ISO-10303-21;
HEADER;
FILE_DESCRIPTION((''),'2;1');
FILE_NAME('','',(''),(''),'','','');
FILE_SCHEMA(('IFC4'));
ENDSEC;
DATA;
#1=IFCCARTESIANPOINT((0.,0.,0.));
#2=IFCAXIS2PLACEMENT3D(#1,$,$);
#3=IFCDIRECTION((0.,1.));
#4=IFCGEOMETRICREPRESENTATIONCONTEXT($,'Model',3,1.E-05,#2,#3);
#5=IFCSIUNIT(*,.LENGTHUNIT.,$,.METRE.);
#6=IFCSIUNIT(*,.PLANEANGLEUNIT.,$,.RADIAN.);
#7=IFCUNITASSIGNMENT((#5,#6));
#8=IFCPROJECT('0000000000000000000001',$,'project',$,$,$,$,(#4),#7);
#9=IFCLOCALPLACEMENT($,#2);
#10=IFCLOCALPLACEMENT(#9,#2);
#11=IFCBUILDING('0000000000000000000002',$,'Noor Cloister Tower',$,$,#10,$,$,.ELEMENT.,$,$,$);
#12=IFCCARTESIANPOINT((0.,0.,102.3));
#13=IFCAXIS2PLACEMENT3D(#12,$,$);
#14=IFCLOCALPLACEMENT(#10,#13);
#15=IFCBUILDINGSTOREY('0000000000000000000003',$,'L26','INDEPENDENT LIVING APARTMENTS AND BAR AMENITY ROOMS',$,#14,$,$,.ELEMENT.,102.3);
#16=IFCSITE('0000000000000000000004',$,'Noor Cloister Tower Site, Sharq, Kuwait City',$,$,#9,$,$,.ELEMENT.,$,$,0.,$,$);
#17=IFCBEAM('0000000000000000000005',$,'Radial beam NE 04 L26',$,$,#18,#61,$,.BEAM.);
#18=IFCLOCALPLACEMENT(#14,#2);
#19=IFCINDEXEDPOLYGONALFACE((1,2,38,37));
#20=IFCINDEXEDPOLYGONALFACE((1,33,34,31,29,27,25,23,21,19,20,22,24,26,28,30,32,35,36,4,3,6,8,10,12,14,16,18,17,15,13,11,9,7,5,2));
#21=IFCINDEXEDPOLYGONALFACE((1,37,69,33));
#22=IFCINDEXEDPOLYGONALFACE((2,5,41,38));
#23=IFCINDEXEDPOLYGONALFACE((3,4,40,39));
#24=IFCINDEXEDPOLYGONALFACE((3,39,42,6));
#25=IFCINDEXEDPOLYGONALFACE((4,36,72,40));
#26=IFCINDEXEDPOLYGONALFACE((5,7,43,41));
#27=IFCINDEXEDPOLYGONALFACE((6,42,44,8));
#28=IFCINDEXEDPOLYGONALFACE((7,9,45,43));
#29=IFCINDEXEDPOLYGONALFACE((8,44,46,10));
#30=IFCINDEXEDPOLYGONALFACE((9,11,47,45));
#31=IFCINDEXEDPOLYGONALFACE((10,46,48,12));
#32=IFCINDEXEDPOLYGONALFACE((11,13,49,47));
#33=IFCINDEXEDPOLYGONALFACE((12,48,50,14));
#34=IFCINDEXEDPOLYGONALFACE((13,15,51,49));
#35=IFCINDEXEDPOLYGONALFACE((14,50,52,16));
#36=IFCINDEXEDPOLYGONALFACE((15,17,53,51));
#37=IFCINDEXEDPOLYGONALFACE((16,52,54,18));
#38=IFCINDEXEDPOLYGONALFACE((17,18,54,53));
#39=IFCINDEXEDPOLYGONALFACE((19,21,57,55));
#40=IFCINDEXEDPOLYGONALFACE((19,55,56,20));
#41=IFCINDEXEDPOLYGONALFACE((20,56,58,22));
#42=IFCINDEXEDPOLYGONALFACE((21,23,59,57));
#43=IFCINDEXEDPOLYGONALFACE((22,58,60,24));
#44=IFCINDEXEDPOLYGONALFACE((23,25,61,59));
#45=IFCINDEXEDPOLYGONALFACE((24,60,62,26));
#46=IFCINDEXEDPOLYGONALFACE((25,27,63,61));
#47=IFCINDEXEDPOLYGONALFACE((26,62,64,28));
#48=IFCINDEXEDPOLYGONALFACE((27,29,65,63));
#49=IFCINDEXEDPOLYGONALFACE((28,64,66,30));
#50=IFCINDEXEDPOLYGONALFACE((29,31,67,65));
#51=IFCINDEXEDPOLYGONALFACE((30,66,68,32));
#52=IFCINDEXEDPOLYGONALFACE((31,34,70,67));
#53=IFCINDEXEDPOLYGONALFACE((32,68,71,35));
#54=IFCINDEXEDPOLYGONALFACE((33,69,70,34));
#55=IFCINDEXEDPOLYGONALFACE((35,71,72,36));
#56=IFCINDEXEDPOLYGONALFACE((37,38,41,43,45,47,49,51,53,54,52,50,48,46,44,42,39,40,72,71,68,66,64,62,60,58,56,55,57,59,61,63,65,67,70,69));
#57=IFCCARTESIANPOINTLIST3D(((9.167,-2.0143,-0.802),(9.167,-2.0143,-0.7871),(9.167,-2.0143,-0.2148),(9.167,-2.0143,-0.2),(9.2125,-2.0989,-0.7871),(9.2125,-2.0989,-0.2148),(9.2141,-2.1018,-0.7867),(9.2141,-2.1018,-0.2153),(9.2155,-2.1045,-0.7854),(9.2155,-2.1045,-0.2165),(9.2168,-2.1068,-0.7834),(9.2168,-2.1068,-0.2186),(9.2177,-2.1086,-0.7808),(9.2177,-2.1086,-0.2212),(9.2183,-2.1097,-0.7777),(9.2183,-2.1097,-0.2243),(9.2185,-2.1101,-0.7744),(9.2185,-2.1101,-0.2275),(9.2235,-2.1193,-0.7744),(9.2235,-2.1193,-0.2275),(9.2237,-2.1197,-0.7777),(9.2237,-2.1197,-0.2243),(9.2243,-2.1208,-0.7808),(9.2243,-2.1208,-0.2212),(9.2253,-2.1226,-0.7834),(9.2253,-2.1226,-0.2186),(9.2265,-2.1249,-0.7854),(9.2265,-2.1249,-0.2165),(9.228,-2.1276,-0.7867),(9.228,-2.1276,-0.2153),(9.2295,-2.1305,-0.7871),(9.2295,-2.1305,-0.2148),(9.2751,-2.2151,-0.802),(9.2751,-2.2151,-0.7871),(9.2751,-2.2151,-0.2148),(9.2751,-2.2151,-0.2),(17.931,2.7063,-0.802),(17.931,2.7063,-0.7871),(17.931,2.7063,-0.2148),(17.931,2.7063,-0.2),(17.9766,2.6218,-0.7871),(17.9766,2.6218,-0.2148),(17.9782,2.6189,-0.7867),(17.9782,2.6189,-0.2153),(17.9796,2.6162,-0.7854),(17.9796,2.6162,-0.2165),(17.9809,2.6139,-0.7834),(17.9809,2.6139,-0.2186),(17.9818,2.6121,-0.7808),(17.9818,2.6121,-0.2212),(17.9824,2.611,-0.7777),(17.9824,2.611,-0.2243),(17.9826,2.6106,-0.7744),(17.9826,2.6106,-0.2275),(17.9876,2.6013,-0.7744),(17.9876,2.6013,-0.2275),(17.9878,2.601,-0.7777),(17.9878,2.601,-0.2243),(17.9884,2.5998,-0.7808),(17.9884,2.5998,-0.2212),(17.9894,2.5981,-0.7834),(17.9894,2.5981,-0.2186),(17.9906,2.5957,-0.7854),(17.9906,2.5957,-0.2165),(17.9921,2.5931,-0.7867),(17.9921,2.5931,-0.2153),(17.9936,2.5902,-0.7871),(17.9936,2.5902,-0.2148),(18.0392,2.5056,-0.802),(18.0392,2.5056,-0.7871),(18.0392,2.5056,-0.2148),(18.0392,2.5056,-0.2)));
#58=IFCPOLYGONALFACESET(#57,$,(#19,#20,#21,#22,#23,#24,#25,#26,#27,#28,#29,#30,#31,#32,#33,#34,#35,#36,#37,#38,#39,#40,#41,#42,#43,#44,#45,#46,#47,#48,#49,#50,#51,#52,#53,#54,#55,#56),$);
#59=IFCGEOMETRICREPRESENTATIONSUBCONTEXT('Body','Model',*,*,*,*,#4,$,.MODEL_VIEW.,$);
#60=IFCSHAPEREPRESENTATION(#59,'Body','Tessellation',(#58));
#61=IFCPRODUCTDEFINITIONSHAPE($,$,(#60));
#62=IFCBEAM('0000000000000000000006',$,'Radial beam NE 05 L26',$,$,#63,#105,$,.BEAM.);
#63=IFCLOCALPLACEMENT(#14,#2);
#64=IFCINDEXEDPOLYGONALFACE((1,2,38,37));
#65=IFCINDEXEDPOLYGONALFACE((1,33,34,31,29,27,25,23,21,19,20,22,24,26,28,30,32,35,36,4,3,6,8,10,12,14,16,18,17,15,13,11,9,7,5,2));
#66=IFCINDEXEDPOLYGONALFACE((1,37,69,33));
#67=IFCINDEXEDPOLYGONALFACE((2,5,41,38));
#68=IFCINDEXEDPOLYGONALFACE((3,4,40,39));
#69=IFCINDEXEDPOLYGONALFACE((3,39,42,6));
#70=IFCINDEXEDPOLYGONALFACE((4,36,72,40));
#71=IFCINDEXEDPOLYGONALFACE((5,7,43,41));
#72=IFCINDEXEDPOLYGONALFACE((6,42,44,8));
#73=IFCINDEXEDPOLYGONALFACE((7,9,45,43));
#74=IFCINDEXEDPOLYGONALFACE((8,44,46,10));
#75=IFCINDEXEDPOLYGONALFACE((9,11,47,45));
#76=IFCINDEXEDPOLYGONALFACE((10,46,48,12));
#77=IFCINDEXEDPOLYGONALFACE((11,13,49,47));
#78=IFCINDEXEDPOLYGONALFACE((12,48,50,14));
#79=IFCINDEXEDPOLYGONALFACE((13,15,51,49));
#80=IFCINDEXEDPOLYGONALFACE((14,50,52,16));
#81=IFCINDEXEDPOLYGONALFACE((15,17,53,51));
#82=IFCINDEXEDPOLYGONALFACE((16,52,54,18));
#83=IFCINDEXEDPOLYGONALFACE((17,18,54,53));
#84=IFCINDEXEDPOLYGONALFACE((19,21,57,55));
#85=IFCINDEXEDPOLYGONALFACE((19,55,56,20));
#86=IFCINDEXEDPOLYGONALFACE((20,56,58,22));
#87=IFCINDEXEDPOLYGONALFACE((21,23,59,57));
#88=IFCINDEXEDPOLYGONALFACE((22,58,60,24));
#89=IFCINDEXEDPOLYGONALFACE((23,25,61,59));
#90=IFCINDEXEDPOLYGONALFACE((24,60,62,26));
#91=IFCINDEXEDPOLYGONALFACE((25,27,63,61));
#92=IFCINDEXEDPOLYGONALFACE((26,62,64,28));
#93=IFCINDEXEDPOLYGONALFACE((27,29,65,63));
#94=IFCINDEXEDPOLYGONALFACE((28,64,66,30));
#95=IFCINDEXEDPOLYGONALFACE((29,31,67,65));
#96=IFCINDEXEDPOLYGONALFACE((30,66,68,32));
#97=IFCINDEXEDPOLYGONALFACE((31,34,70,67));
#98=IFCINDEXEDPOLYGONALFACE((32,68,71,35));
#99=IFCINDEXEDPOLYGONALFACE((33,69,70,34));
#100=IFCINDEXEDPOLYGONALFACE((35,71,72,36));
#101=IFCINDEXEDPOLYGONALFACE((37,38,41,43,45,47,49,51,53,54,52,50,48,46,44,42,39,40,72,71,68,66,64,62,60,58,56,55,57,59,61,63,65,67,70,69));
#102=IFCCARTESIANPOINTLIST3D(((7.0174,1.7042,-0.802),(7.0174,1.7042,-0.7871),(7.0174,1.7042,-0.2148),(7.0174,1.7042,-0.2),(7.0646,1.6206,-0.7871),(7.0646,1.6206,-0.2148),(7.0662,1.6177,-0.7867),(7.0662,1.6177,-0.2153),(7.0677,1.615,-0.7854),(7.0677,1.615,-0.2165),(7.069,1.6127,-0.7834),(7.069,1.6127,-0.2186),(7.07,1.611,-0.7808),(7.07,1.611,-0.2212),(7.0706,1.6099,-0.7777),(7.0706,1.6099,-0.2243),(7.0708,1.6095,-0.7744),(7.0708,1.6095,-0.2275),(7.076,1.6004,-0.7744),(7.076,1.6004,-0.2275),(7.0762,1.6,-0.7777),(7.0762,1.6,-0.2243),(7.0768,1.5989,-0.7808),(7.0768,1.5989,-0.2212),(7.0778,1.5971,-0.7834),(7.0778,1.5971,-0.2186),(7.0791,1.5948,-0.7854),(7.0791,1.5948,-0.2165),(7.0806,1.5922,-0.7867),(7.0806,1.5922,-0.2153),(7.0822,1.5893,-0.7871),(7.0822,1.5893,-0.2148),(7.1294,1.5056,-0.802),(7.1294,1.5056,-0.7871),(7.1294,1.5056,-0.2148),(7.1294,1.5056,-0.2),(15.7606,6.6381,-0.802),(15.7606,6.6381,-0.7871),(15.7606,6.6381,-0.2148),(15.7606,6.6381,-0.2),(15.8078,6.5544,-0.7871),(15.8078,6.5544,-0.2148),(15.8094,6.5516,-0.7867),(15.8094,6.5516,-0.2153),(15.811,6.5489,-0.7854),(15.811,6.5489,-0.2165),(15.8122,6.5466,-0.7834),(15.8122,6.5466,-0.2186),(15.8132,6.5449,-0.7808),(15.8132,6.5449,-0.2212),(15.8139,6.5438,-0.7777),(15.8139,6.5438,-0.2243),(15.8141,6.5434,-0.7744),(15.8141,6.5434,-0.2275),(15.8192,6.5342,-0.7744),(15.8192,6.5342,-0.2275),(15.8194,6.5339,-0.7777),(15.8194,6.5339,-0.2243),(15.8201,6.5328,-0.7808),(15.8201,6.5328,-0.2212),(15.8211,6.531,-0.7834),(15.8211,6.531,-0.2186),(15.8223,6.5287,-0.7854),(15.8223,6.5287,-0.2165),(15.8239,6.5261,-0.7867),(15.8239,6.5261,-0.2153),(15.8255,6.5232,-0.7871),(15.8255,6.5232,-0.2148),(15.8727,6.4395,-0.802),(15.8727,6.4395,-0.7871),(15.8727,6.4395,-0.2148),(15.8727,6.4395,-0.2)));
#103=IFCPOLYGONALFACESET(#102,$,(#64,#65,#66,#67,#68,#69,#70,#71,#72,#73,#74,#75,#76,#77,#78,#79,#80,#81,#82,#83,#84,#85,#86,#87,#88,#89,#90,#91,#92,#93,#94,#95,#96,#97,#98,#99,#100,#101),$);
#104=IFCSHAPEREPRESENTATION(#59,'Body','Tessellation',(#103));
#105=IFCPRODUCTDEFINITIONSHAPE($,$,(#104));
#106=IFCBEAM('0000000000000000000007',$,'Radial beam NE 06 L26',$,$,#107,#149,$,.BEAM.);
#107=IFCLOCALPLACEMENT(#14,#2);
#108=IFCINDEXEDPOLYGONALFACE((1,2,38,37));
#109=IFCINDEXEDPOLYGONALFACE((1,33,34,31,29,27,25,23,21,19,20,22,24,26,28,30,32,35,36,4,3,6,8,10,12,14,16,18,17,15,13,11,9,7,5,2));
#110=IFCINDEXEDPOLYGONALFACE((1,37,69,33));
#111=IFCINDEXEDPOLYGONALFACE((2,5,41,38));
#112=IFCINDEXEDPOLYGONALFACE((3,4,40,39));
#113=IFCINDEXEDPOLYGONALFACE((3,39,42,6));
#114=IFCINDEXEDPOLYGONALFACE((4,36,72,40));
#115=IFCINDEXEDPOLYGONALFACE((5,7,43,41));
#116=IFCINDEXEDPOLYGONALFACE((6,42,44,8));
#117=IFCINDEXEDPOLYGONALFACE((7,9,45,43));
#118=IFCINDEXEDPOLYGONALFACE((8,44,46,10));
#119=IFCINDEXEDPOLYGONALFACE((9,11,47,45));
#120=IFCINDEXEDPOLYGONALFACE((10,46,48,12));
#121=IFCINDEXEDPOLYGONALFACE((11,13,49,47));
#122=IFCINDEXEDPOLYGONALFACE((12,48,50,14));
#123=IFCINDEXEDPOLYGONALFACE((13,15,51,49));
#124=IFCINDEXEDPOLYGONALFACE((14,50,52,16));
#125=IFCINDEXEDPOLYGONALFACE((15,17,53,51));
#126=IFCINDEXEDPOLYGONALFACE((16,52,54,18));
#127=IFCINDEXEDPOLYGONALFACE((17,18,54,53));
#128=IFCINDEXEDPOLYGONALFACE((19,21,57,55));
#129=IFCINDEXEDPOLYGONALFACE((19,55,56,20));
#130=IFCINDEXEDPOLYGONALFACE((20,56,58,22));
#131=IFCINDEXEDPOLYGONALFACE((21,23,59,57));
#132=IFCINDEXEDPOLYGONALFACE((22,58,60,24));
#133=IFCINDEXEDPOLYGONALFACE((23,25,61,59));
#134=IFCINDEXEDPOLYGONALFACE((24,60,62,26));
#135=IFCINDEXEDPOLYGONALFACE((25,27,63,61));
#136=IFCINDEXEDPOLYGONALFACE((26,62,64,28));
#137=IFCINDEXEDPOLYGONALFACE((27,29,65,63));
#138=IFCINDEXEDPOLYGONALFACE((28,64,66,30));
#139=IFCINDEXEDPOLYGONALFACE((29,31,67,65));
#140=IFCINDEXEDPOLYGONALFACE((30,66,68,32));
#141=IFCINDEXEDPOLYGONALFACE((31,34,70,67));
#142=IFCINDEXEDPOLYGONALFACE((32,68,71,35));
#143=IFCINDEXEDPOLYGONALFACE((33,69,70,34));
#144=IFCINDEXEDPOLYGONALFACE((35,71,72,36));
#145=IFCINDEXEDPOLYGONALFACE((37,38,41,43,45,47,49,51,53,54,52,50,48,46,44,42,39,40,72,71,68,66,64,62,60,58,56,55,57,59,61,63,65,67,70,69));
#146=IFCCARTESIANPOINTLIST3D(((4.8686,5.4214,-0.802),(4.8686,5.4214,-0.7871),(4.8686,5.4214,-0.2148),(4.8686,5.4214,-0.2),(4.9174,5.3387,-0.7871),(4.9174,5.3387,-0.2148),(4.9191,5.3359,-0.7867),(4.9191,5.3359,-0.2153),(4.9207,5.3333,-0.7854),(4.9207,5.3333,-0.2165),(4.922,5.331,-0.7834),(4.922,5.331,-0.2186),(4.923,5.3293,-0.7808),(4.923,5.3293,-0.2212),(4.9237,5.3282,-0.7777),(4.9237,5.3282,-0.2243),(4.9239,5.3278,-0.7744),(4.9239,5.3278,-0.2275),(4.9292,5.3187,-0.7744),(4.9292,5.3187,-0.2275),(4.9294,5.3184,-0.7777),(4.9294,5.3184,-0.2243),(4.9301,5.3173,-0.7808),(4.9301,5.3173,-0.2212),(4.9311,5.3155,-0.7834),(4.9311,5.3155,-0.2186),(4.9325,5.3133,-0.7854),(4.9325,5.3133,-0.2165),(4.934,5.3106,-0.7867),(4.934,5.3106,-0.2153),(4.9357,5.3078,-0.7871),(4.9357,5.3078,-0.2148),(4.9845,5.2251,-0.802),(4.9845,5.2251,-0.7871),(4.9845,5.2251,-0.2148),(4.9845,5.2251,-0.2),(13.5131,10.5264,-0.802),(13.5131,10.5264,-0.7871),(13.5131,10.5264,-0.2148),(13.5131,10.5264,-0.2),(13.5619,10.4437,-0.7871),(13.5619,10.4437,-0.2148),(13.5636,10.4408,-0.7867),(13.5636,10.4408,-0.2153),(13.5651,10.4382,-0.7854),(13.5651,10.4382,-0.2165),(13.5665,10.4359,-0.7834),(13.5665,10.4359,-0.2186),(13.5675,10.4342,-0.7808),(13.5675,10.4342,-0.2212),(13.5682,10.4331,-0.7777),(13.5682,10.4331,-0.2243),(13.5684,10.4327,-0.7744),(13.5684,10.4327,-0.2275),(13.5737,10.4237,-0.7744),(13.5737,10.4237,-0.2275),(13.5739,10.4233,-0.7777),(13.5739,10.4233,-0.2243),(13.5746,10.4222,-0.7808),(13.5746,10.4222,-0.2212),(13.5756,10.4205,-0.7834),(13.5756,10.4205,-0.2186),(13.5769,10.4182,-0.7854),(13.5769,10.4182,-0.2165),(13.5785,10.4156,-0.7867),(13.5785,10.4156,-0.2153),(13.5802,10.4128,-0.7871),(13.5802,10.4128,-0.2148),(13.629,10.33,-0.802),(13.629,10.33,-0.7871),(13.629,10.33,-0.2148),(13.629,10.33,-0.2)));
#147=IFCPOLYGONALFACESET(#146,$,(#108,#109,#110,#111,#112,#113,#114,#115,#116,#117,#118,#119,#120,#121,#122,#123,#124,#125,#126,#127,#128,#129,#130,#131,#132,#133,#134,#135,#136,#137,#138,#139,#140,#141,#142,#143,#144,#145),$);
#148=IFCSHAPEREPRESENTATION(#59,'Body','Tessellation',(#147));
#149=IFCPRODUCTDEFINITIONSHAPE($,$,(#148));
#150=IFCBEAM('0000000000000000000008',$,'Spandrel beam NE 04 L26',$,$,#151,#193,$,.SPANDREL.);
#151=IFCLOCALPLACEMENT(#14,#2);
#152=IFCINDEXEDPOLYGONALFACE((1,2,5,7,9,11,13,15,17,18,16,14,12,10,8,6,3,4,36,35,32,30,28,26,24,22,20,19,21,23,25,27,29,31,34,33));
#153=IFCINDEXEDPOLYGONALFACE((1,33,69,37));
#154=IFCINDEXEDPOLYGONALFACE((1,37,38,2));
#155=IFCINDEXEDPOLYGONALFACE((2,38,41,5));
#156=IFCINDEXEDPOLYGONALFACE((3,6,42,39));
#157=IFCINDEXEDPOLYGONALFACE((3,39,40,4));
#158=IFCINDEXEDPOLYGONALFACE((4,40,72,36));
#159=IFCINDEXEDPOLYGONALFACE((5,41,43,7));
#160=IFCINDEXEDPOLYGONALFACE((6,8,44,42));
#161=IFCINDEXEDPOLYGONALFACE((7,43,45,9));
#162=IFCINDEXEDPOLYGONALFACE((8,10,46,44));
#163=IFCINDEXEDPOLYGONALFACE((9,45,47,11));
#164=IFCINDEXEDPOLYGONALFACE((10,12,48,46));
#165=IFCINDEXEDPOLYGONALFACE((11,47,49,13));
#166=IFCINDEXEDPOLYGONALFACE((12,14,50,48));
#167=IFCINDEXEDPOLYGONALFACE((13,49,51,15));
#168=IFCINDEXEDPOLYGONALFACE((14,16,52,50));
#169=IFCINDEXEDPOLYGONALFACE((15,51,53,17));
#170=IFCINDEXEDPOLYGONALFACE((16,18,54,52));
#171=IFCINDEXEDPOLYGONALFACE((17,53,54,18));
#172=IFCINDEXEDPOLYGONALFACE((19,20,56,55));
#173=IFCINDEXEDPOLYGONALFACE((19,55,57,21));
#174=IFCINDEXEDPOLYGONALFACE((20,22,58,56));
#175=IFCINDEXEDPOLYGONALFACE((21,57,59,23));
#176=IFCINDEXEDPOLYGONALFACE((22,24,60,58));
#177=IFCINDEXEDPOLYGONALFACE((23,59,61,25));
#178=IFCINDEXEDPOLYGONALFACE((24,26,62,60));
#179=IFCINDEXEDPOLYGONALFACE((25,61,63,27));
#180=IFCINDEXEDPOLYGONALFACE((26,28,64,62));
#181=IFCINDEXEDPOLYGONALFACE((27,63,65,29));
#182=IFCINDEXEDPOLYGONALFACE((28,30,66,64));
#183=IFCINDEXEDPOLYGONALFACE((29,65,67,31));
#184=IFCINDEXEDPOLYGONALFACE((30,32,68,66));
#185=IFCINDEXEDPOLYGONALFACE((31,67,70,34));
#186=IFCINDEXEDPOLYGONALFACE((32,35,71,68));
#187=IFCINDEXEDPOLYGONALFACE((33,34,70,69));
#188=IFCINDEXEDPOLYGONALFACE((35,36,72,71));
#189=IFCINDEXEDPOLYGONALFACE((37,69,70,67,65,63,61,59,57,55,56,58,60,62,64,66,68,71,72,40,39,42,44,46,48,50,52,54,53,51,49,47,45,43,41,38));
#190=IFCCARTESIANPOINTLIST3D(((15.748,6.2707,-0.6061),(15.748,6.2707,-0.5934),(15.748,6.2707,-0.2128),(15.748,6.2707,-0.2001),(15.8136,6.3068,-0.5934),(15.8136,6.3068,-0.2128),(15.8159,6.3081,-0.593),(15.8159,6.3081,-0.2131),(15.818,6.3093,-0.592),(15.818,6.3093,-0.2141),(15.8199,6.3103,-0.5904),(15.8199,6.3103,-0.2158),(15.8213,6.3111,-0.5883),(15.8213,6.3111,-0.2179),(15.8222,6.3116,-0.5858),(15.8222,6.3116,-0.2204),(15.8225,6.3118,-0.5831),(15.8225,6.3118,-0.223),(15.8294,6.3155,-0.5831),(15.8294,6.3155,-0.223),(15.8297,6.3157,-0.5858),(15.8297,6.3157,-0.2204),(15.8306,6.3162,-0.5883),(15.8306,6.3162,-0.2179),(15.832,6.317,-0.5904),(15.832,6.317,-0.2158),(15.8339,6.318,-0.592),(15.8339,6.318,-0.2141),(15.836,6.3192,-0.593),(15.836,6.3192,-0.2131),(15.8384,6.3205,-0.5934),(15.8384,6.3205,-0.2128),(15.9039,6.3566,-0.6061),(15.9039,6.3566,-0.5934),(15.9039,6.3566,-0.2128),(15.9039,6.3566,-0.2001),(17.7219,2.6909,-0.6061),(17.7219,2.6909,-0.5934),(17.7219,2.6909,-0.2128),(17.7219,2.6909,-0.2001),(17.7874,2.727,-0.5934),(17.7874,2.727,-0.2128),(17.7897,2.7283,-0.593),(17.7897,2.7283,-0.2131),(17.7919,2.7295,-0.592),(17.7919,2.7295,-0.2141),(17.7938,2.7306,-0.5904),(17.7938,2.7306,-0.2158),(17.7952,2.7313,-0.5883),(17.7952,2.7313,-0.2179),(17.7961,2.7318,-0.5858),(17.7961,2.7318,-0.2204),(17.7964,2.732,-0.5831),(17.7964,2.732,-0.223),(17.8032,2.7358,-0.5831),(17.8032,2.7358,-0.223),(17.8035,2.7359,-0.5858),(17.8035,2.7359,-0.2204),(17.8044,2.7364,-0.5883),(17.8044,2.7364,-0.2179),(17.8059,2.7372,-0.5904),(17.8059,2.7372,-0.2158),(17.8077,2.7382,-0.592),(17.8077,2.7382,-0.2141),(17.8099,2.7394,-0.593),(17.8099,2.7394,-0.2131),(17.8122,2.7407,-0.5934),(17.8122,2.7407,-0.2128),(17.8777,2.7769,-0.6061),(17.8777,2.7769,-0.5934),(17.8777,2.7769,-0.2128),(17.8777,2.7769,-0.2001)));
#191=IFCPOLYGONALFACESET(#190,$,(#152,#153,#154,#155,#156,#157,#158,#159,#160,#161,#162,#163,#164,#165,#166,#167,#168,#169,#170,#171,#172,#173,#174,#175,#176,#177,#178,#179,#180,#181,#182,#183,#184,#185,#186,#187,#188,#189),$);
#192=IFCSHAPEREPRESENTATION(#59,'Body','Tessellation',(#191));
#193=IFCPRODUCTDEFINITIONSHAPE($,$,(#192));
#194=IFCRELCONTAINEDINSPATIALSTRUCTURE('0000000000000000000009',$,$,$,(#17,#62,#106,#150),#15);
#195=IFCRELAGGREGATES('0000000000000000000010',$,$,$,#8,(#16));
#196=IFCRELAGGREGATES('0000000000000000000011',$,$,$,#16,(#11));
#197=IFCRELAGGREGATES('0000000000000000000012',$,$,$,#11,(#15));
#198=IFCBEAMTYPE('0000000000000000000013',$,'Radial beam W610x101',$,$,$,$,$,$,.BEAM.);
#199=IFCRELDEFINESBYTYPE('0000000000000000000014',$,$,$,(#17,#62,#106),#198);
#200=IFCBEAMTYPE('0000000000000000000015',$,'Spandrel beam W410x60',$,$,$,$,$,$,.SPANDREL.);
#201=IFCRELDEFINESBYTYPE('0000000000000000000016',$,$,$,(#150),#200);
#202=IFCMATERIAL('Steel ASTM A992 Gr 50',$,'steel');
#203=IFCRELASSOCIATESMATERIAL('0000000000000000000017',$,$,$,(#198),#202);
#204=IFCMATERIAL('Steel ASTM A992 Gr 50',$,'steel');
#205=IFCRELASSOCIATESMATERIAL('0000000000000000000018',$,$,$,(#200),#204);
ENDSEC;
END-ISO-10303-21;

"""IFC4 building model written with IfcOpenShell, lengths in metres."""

from ifc_helpers import new_model, si_unit, direction, frame, origin, origin_2d, place, context, subcontext, project, spatial, i_section, extrude, material, material_profile, profile_set, type_object, element, save


model = new_model("IFC4")

# Units and contexts
model_context = context("Model", 3, precision=1e-05, world=origin(), true_north=direction((0.0, 1.0)))
body_context = subcontext(model_context, "Body", "Model", "MODEL_VIEW")
ifc_project = project(units=[si_unit("LENGTHUNIT", "METRE"), si_unit("PLANEANGLEUNIT", "RADIAN")], contexts=[model_context])

# Site, building, storey
site_placement = place(None, origin())
site = spatial("IfcSite", under=ifc_project, at=site_placement, Name="Noor Cloister Tower Site, Sharq, Kuwait City", CompositionType="ELEMENT", RefElevation=0.0)
building_placement = place(site_placement, origin())
building = spatial("IfcBuilding", under=site, at=building_placement, Name="Noor Cloister Tower", CompositionType="ELEMENT")
storey_placement = place(building_placement, frame((0.0, 0.0, 102.3)))
storey = spatial("IfcBuildingStorey", under=building, at=storey_placement, Name="L26", Description="INDEPENDENT LIVING APARTMENTS AND BAR AMENITY ROOMS", CompositionType="ELEMENT", Elevation=102.3)

# Beams
ifc_material_1 = material(Name="Steel ASTM A992 Gr 50", Category="steel")
ifc_material_profile_1 = material_profile(ifc_material_1, i_section(OverallWidth=0.228, OverallDepth=0.6021, WebThickness=0.0105, FlangeThickness=0.0149, FilletRadius=0.0127, at=origin_2d()), Name="W610x101")
ifc_profile_set_1 = profile_set([ifc_material_profile_1], Name="Steel ASTM A992 Gr 50")
beam_type_1 = type_object("IfcBeamType", Name="Radial beam W610x101", PredefinedType="BEAM", material=ifc_profile_set_1)
beam_1_placement = place(storey_placement, frame((17.9851, 2.606, -0.501), z_axis=(-0.880407, -0.47422, 0.0), x_axis=(0.47422, -0.880407, 0.0)))
element("IfcBeam", 1, at=beam_1_placement, inside=storey, type_object=beam_type_1, Name="Radial beam NE 04 L26", PredefinedType="BEAM", context=body_context, shape_type="SweptSolid", body=[
    extrude(i_section(OverallWidth=0.228, OverallDepth=0.6021, WebThickness=0.0105, FlangeThickness=0.0149, FilletRadius=0.0127, at=origin_2d()), origin(), (0.0, 0.0, 1.0), 9.9546),
])
for number, where, z_axis, x_axis, name in (
    (2, (15.8167, 6.5388, -0.501), (-0.870902, -0.491457, 0.0), (0.491457, -0.870902, 0.0), "Radial beam NE 05 L26"),
    (3, (13.571, 10.4282, -0.501), (-0.861064, -0.508497, 0.0), (0.508497, -0.861064, 0.0), "Radial beam NE 06 L26"),
):
    element("IfcBeam", number, at=place(storey_placement, frame(where, z_axis=z_axis, x_axis=x_axis)), inside=storey, type_object=beam_type_1, Name=name, PredefinedType="BEAM", context=body_context, shape_type="SweptSolid", body=[
        extrude(i_section(OverallWidth=0.228, OverallDepth=0.6021, WebThickness=0.0105, FlangeThickness=0.0149, FilletRadius=0.0127, at=origin_2d()), origin(), (0.0, 0.0, 1.0), 10.0393),
    ])
ifc_material_2 = material(Name="Steel ASTM A992 Gr 50", Category="steel")
ifc_material_profile_2 = material_profile(ifc_material_2, i_section(OverallWidth=0.178, OverallDepth=0.406, WebThickness=0.0078, FlangeThickness=0.0127, FilletRadius=0.0103, at=origin_2d()), Name="W410x60")
ifc_profile_set_2 = profile_set([ifc_material_profile_2], Name="Steel ASTM A992 Gr 50")
beam_type_2 = type_object("IfcBeamType", Name="Spandrel beam W410x60", PredefinedType="SPANDREL", material=ifc_profile_set_2)
beam_2_placement = place(storey_placement, frame((17.7998, 2.7339, -0.4031), z_axis=(-0.482852, 0.875702, 0.0), x_axis=(-0.875702, -0.482852, 0.0)))
element("IfcBeam", 4, at=beam_2_placement, inside=storey, type_object=beam_type_2, Name="Spandrel beam NE 04 L26", PredefinedType="SPANDREL", context=body_context, shape_type="SweptSolid", body=[
    extrude(i_section(OverallWidth=0.178, OverallDepth=0.406, WebThickness=0.0078, FlangeThickness=0.0127, FilletRadius=0.0103, at=origin_2d()), origin(), (0.0, 0.0, 1.0), 4.0879),
])

save(model, "model.ifc")
